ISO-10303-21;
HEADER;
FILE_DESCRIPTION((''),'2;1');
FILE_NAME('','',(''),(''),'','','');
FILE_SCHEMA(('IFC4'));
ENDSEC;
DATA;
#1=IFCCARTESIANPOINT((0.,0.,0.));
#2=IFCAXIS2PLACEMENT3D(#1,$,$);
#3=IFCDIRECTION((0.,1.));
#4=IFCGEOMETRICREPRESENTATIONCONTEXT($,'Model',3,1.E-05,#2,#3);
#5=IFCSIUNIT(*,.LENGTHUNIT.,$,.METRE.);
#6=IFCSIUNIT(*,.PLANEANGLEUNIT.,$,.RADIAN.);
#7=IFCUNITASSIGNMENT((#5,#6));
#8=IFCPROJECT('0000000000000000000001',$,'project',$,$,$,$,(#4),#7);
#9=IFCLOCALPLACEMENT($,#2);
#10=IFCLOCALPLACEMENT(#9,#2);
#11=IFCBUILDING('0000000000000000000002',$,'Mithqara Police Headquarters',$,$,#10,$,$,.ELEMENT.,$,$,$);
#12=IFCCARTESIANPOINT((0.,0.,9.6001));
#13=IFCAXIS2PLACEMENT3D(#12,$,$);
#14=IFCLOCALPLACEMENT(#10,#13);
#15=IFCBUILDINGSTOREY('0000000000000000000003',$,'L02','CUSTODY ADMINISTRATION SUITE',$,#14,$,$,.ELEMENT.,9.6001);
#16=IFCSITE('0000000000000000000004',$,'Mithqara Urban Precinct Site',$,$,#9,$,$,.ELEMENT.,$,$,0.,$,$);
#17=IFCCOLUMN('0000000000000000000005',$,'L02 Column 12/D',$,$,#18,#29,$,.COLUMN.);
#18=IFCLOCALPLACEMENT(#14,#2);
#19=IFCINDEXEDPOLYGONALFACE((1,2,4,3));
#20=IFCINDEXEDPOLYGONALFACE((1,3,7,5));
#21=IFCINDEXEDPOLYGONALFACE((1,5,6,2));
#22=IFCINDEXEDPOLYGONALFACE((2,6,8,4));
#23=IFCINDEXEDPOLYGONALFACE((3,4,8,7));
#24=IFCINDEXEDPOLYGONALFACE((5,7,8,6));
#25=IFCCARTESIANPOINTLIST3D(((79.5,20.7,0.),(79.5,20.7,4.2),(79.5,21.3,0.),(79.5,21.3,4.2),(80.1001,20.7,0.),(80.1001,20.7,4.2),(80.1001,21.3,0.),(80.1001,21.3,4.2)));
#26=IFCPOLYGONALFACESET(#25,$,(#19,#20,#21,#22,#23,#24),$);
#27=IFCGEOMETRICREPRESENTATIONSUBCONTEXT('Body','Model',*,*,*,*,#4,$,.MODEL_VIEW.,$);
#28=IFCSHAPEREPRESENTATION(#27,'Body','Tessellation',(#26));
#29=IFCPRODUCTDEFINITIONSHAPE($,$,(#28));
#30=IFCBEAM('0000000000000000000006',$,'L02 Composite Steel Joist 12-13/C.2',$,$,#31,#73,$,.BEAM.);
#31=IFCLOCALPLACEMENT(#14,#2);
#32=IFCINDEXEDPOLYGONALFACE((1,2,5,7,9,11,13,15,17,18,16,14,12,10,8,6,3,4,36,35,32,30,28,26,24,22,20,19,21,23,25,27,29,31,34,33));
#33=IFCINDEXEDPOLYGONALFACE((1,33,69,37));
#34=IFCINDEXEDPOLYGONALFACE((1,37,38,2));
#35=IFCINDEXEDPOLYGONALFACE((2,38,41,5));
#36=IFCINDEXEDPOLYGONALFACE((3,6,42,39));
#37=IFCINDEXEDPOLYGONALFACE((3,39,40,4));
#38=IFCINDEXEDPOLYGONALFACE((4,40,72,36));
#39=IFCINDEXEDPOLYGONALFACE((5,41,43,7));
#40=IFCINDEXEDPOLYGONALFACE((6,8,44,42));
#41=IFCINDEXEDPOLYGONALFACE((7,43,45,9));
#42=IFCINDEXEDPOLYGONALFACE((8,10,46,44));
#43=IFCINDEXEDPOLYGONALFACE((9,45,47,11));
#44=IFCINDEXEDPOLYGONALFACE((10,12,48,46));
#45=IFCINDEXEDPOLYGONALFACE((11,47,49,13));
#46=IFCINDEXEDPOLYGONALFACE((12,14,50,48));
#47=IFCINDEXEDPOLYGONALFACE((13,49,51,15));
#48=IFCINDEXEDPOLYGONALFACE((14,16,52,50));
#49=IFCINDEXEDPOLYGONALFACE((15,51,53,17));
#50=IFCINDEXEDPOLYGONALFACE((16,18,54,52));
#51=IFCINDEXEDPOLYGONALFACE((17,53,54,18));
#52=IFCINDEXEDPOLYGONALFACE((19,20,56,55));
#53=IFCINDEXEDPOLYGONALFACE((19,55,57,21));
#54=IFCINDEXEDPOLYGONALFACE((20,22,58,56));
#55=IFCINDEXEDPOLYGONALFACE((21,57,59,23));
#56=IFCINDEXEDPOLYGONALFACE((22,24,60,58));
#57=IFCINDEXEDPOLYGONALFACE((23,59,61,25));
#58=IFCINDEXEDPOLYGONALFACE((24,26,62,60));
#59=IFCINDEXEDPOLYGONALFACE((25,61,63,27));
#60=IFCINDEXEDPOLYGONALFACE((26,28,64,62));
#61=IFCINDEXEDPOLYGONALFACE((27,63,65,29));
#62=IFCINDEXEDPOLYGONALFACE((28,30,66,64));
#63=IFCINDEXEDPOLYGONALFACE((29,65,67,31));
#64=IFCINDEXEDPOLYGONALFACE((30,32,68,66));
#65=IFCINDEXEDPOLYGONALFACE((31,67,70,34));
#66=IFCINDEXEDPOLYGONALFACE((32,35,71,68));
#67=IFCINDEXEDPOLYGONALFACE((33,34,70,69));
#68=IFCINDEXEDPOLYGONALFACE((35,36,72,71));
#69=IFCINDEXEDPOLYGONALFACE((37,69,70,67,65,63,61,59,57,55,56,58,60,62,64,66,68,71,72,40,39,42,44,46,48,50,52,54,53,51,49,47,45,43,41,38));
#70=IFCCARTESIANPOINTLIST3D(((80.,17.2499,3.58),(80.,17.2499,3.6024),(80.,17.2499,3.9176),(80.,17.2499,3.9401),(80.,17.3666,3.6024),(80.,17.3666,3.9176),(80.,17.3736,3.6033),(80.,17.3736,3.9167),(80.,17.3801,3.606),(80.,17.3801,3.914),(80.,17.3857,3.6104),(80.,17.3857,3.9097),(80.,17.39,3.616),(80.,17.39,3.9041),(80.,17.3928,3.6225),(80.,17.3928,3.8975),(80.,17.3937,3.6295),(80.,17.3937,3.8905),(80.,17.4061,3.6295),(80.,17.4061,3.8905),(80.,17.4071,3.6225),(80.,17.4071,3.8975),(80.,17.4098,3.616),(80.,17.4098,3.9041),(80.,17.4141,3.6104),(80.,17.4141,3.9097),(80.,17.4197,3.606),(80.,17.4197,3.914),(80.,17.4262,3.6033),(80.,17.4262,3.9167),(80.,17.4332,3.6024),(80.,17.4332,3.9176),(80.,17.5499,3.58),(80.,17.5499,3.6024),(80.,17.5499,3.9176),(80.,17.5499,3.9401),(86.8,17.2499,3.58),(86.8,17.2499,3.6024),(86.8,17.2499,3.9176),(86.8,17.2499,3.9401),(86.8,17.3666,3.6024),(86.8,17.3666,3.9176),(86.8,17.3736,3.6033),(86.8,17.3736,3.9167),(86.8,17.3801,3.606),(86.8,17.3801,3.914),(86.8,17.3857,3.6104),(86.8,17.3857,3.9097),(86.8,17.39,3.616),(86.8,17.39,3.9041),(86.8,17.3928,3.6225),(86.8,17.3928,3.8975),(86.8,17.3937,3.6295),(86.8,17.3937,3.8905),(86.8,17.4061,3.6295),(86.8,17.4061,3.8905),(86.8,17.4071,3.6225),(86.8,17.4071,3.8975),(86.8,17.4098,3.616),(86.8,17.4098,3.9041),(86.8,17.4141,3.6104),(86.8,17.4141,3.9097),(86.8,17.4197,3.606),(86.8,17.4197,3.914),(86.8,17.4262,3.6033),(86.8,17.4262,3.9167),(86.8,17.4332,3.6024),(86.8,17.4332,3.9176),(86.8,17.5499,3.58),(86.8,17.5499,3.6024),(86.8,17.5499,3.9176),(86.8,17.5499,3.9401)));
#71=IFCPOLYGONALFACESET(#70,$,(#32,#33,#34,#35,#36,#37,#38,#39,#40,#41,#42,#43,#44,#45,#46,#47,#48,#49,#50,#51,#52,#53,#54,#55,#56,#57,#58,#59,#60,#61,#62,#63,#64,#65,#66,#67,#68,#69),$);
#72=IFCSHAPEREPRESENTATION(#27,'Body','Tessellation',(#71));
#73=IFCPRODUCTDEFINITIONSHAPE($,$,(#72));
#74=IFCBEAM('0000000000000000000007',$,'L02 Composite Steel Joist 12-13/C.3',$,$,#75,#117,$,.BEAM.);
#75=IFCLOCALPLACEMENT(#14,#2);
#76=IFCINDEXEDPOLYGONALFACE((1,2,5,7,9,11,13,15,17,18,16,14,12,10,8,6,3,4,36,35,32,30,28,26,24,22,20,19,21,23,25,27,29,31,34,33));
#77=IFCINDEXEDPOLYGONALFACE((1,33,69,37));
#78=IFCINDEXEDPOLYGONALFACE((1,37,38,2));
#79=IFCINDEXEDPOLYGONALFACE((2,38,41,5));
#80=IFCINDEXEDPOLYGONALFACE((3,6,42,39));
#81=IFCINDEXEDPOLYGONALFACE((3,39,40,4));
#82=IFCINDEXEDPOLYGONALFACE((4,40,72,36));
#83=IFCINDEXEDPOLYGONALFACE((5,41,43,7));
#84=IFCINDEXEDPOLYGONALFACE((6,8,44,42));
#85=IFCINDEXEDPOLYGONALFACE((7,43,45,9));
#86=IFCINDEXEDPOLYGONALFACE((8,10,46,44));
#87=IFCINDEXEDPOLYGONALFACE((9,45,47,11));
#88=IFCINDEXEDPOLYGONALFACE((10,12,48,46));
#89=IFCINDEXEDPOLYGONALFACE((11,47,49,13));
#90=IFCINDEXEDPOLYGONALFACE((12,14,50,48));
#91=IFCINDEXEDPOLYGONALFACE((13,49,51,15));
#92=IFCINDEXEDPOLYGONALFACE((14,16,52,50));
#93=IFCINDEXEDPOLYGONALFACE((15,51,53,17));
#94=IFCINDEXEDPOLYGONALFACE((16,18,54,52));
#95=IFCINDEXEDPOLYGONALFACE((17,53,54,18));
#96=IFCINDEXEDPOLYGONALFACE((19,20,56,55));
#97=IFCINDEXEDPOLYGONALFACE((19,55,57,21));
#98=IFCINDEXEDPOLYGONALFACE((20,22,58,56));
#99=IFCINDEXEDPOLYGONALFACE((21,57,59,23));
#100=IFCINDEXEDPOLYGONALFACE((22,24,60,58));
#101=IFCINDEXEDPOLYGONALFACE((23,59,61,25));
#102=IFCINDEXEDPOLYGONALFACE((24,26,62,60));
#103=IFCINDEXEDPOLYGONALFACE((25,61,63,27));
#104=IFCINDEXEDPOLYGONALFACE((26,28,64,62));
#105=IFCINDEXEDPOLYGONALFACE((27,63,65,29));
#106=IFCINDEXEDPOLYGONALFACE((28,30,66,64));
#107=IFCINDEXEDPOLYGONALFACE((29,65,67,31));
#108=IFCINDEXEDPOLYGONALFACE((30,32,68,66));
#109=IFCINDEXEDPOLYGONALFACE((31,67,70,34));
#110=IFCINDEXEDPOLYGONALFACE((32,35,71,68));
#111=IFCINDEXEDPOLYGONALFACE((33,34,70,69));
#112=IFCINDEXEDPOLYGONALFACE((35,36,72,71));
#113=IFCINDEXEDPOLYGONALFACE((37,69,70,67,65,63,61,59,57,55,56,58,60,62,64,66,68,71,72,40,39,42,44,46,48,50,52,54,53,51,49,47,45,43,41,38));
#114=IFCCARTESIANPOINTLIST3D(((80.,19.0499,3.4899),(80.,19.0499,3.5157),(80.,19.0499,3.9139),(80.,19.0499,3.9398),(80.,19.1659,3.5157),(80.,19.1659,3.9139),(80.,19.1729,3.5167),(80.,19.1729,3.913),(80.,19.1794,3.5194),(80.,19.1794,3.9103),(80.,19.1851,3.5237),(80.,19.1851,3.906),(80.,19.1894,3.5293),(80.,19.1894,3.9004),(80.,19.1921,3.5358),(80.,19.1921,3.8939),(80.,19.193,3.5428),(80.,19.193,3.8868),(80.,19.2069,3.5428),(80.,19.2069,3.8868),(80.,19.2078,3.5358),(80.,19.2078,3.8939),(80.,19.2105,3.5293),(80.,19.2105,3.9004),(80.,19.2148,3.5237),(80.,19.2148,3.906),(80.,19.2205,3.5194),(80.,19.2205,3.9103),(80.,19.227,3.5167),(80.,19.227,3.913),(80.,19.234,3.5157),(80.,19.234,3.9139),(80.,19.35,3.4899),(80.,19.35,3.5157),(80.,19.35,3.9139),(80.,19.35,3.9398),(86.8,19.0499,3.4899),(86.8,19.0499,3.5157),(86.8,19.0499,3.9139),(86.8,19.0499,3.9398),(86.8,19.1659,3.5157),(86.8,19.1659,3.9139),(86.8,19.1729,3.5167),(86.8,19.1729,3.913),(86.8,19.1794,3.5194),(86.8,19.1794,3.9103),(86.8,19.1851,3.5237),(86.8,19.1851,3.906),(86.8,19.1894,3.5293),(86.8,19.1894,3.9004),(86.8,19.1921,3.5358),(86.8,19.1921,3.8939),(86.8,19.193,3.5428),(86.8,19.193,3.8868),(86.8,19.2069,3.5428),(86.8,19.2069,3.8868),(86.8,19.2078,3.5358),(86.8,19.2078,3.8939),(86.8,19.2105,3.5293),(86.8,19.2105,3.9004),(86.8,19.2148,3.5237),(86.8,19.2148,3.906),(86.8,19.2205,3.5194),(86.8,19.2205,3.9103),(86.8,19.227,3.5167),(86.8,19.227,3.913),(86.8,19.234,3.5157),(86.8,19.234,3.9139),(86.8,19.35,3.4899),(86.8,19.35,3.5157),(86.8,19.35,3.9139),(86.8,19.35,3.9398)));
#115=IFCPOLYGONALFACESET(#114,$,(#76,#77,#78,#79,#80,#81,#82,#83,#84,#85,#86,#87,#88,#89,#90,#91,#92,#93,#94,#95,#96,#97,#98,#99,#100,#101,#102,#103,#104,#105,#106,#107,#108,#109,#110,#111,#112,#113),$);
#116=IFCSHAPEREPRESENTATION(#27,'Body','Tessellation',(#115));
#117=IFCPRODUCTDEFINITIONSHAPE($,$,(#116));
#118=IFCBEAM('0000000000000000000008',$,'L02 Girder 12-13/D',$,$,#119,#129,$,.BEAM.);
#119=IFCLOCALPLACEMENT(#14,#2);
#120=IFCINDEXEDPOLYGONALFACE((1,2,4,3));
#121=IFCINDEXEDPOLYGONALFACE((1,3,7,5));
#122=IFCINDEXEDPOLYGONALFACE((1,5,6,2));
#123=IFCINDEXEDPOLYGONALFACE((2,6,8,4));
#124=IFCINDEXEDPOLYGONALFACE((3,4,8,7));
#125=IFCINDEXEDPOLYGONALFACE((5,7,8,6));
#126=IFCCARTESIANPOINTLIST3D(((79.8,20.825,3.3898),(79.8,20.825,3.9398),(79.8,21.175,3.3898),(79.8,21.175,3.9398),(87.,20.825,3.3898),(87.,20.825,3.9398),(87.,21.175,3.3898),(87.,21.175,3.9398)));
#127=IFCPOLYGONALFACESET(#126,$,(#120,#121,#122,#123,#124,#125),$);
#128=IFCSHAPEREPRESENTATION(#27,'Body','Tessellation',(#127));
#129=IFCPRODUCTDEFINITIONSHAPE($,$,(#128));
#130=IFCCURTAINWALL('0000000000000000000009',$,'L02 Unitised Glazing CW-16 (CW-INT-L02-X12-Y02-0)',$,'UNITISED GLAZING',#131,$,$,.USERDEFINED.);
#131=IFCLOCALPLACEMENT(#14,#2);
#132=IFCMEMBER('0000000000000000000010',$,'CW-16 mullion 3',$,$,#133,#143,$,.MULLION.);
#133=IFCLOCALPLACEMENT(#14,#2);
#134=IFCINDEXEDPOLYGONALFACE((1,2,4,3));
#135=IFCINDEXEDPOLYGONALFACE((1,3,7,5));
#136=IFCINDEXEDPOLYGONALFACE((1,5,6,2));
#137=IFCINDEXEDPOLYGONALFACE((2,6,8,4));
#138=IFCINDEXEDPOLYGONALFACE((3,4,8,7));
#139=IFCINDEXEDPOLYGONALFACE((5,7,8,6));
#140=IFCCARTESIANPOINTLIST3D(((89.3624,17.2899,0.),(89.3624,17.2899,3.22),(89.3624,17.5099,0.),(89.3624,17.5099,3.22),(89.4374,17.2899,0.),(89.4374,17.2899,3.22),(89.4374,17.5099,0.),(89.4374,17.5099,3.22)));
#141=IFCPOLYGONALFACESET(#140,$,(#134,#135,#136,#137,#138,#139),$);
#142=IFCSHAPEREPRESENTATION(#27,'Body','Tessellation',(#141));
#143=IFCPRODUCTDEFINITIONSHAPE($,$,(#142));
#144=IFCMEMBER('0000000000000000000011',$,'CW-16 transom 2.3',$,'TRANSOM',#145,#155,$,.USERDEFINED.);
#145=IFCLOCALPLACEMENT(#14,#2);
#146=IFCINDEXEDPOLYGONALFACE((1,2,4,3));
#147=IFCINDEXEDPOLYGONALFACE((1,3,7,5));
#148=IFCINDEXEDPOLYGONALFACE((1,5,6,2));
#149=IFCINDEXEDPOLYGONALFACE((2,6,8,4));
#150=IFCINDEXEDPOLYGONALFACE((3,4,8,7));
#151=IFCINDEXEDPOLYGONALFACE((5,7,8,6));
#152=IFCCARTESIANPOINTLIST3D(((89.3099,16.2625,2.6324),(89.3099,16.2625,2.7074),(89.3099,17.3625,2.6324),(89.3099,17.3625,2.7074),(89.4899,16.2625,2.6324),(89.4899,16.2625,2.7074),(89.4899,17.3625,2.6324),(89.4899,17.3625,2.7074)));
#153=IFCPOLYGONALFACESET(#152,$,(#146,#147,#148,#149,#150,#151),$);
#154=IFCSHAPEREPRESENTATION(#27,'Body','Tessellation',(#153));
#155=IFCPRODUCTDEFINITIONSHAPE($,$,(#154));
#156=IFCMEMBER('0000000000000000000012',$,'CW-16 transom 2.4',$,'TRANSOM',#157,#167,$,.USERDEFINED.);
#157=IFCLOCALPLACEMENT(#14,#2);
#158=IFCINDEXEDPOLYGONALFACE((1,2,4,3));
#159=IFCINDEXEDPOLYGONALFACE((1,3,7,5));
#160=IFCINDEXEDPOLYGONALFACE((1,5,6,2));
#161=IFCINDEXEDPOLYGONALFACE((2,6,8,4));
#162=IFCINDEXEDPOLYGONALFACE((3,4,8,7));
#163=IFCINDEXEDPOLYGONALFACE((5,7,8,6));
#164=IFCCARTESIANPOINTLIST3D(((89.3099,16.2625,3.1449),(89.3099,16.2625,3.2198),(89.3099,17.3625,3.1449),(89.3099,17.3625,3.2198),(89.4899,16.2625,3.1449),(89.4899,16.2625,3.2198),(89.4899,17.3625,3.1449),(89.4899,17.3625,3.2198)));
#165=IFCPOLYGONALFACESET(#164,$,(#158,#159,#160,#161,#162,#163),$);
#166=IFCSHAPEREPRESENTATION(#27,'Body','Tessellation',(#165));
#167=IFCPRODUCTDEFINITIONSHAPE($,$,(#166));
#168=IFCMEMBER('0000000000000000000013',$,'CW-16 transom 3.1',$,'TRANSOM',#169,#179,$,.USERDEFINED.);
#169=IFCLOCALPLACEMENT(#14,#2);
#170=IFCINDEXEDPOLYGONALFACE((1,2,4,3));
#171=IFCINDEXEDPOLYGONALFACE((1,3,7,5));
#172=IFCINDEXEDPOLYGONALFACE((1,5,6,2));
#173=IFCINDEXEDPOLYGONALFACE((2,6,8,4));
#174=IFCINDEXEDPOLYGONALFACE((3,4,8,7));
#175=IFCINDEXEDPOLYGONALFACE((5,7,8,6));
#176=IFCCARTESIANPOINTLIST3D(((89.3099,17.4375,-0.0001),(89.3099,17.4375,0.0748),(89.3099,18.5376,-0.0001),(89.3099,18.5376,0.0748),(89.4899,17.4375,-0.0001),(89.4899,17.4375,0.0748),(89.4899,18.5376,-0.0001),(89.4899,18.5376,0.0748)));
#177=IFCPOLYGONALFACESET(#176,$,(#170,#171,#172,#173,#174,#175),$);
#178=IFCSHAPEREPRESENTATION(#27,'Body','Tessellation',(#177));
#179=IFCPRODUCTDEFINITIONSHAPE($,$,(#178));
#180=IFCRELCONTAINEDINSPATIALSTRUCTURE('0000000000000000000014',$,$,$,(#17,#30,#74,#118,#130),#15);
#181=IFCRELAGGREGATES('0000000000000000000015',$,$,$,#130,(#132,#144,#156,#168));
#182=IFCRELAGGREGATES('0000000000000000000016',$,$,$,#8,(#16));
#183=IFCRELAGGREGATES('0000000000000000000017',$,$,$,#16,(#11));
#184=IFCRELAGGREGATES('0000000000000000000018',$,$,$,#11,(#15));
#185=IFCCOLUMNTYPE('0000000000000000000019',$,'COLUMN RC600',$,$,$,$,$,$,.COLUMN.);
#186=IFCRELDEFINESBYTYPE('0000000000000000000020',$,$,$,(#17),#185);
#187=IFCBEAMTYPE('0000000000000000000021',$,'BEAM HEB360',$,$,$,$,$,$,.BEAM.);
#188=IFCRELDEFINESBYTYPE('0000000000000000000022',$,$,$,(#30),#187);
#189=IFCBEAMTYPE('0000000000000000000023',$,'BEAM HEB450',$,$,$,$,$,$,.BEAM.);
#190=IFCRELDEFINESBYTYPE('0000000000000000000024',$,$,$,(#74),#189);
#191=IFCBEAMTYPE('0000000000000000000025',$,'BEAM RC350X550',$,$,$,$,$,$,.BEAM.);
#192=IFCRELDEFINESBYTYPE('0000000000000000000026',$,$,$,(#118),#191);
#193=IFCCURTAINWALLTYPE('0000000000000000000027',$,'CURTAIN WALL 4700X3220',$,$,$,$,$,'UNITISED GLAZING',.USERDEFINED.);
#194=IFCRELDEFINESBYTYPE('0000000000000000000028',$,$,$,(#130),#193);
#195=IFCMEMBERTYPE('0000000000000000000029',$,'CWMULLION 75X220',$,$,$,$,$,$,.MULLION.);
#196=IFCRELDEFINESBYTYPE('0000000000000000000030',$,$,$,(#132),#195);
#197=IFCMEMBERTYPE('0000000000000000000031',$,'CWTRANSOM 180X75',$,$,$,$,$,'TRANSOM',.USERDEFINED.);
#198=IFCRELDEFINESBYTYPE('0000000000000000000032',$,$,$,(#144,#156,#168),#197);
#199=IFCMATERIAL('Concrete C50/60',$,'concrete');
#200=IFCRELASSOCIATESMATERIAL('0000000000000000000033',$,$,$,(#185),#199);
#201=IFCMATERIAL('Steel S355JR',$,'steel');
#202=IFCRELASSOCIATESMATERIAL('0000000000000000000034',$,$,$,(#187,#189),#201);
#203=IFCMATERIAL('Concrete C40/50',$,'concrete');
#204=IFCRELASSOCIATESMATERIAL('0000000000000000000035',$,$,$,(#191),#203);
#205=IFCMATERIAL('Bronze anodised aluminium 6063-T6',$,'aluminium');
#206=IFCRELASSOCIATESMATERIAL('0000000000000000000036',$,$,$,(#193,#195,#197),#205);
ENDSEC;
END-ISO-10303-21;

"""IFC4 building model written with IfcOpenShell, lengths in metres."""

from ifc_helpers import new_model, si_unit, direction, frame, origin, origin_2d, place, context, subcontext, project, spatial, rectangle, i_section, extrude, material, material_profile, profile_set, type_object, element, aggregate, save


model = new_model("IFC4")

# Units and contexts
model_context = context("Model", 3, precision=1e-05, world=origin(), true_north=direction((0.0, 1.0)))
body_context = subcontext(model_context, "Body", "Model", "MODEL_VIEW")
ifc_project = project(units=[si_unit("LENGTHUNIT", "METRE"), si_unit("PLANEANGLEUNIT", "RADIAN")], contexts=[model_context])

# Site, building, storey
site_placement = place(None, origin())
site = spatial("IfcSite", under=ifc_project, at=site_placement, Name="Mithqara Urban Precinct Site", CompositionType="ELEMENT", RefElevation=0.0)
building_placement = place(site_placement, origin())
building = spatial("IfcBuilding", under=site, at=building_placement, Name="Mithqara Police Headquarters", CompositionType="ELEMENT")
storey_placement = place(building_placement, frame((0.0, 0.0, 9.6001)))
storey = spatial("IfcBuildingStorey", under=building, at=storey_placement, Name="L02", Description="CUSTODY ADMINISTRATION SUITE", CompositionType="ELEMENT", Elevation=9.6001)

# Column
ifc_material_1 = material(Name="Concrete C50/60", Category="concrete")
ifc_material_profile_1 = material_profile(ifc_material_1, rectangle(XDim=0.6001, YDim=0.6001, at=origin_2d()), Name="RC 600x600")
ifc_profile_set_1 = profile_set([ifc_material_profile_1], Name="Concrete C50/60")
column_type = type_object("IfcColumnType", Name="COLUMN RC600", PredefinedType="COLUMN", material=ifc_profile_set_1)
column_placement = place(storey_placement, frame((79.8, 21.0, 0.0), z_axis=(0.0, 0.0, 1.0), x_axis=(1.0, 0.0, 0.0)))
element("IfcColumn", 1, at=column_placement, inside=storey, type_object=column_type, Name="L02 Column 12/D", PredefinedType="COLUMN", context=body_context, shape_type="SweptSolid", body=[
    extrude(rectangle(XDim=0.6001, YDim=0.6001, at=origin_2d()), origin(), (0.0, 0.0, 1.0), 4.2),
])

# Beams
ifc_material_2 = material(Name="Steel S355JR", Category="steel")
ifc_material_profile_2 = material_profile(ifc_material_2, i_section(OverallWidth=0.3, OverallDepth=0.3601, WebThickness=0.0125, FlangeThickness=0.0225, FilletRadius=0.0271, at=origin_2d()), Name="HEB 360")
ifc_profile_set_2 = profile_set([ifc_material_profile_2], Name="Steel S355JR")
beam_type_1 = type_object("IfcBeamType", Name="BEAM HEB360", PredefinedType="BEAM", material=ifc_profile_set_2)
beam_1_placement = place(storey_placement, frame((80.0, 17.3999, 3.76), z_axis=(1.0, 0.0, 0.0), x_axis=(0.0, 1.0, 0.0)))
element("IfcBeam", 2, at=beam_1_placement, inside=storey, type_object=beam_type_1, Name="L02 Composite Steel Joist 12-13/C.2", PredefinedType="BEAM", context=body_context, shape_type="SweptSolid", body=[
    extrude(i_section(OverallWidth=0.3, OverallDepth=0.3601, WebThickness=0.0125, FlangeThickness=0.0225, FilletRadius=0.0271, at=origin_2d()), origin(), (0.0, 0.0, 1.0), 6.8),
])
ifc_material_profile_3 = material_profile(ifc_material_2, i_section(OverallWidth=0.3, OverallDepth=0.45, WebThickness=0.0139, FlangeThickness=0.0259, FilletRadius=0.0271, at=origin_2d()), Name="HEB 450")
ifc_profile_set_3 = profile_set([ifc_material_profile_3], Name="Steel S355JR")
beam_type_2 = type_object("IfcBeamType", Name="BEAM HEB450", PredefinedType="BEAM", material=ifc_profile_set_3)
beam_2_placement = place(storey_placement, frame((80.0, 19.2, 3.7148), z_axis=(1.0, 0.0, 0.0), x_axis=(0.0, 1.0, 0.0)))
element("IfcBeam", 3, at=beam_2_placement, inside=storey, type_object=beam_type_2, Name="L02 Composite Steel Joist 12-13/C.3", PredefinedType="BEAM", context=body_context, shape_type="SweptSolid", body=[
    extrude(i_section(OverallWidth=0.3, OverallDepth=0.45, WebThickness=0.0139, FlangeThickness=0.0259, FilletRadius=0.0271, at=origin_2d()), origin(), (0.0, 0.0, 1.0), 6.8),
])
ifc_material_3 = material(Name="Concrete C40/50", Category="concrete")
ifc_material_profile_4 = material_profile(ifc_material_3, rectangle(XDim=0.3501, YDim=0.55, at=origin_2d()), Name="RC 350x550")
ifc_profile_set_4 = profile_set([ifc_material_profile_4], Name="Concrete C40/50")
beam_type_3 = type_object("IfcBeamType", Name="BEAM RC350X550", PredefinedType="BEAM", material=ifc_profile_set_4)
beam_3_placement = place(storey_placement, frame((79.8, 21.0, 3.6648), z_axis=(1.0, 0.0, 0.0), x_axis=(0.0, 1.0, 0.0)))
element("IfcBeam", 4, at=beam_3_placement, inside=storey, type_object=beam_type_3, Name="L02 Girder 12-13/D", PredefinedType="BEAM", context=body_context, shape_type="SweptSolid", body=[
    extrude(rectangle(XDim=0.3501, YDim=0.55, at=origin_2d()), origin(), (0.0, 0.0, 1.0), 7.2),
])

# Curtain wall, members
ifc_material_4 = material(Name="Bronze anodised aluminium 6063-T6", Category="aluminium")
curtain_wall_type = type_object("IfcCurtainWallType", Name="CURTAIN WALL 4700X3220", ElementType="UNITISED GLAZING", PredefinedType="USERDEFINED", material=ifc_material_4)
curtain_wall_placement = place(storey_placement, origin())
curtain_wall = element("IfcCurtainWall", 5, at=curtain_wall_placement, inside=storey, type_object=curtain_wall_type, Name="L02 Unitised Glazing CW-16 (CW-INT-L02-X12-Y02-0)", ObjectType="UNITISED GLAZING", PredefinedType="USERDEFINED")
ifc_material_profile_5 = material_profile(ifc_material_4, rectangle(XDim=0.075, YDim=0.22, at=origin_2d()), Name="CWM 75x220")
ifc_profile_set_5 = profile_set([ifc_material_profile_5], Name="Bronze anodised aluminium 6063-T6")
member_type_1 = type_object("IfcMemberType", Name="CWMULLION 75X220", PredefinedType="MULLION", material=ifc_profile_set_5)
member_1_placement = place(storey_placement, frame((89.3999, 17.3999, 0.0), z_axis=(0.0, 0.0, 1.0), x_axis=(-1.0, 0.0, 0.0)))
member_1 = element("IfcMember", 6, at=member_1_placement, type_object=member_type_1, Name="CW-16 mullion 3", PredefinedType="MULLION", context=body_context, shape_type="SweptSolid", body=[
    extrude(rectangle(XDim=0.075, YDim=0.22, at=origin_2d()), origin(), (0.0, 0.0, 1.0), 3.22),
])
ifc_material_profile_6 = material_profile(ifc_material_4, rectangle(XDim=0.1799, YDim=0.075, at=origin_2d()), Name="CWT 180x75")
ifc_profile_set_6 = profile_set([ifc_material_profile_6], Name="Bronze anodised aluminium 6063-T6")
member_type_2 = type_object("IfcMemberType", Name="CWTRANSOM 180X75", ElementType="TRANSOM", PredefinedType="USERDEFINED", material=ifc_profile_set_6)
member_2_placement = place(storey_placement, frame((89.3999, 16.2625, 2.6699), z_axis=(0.0, 1.0, 0.0), x_axis=(-1.0, 0.0, 0.0)))
member_2 = element("IfcMember", 7, at=member_2_placement, type_object=member_type_2, Name="CW-16 transom 2.3", ObjectType="TRANSOM", PredefinedType="USERDEFINED", context=body_context, shape_type="SweptSolid", body=[
    extrude(rectangle(XDim=0.1799, YDim=0.075, at=origin_2d()), origin(), (0.0, 0.0, 1.0), 1.1001),
])
member_3_placement = place(storey_placement, frame((89.3999, 16.2625, 3.1824), z_axis=(0.0, 1.0, 0.0), x_axis=(-1.0, 0.0, 0.0)))
member_3 = element("IfcMember", 8, at=member_3_placement, type_object=member_type_2, Name="CW-16 transom 2.4", ObjectType="TRANSOM", PredefinedType="USERDEFINED", context=body_context, shape_type="SweptSolid", body=[
    extrude(rectangle(XDim=0.1799, YDim=0.075, at=origin_2d()), origin(), (0.0, 0.0, 1.0), 1.1001),
])
member_4_placement = place(storey_placement, frame((89.3999, 17.4375, 0.0374), z_axis=(0.0, 1.0, 0.0), x_axis=(-1.0, 0.0, 0.0)))
member_4 = element("IfcMember", 9, at=member_4_placement, type_object=member_type_2, Name="CW-16 transom 3.1", ObjectType="TRANSOM", PredefinedType="USERDEFINED", context=body_context, shape_type="SweptSolid", body=[
    extrude(rectangle(XDim=0.1799, YDim=0.075, at=origin_2d()), origin(), (0.0, 0.0, 1.0), 1.1001),
])

aggregate(curtain_wall, [member_1, member_2, member_3, member_4])

save(model, "model.ifc")
